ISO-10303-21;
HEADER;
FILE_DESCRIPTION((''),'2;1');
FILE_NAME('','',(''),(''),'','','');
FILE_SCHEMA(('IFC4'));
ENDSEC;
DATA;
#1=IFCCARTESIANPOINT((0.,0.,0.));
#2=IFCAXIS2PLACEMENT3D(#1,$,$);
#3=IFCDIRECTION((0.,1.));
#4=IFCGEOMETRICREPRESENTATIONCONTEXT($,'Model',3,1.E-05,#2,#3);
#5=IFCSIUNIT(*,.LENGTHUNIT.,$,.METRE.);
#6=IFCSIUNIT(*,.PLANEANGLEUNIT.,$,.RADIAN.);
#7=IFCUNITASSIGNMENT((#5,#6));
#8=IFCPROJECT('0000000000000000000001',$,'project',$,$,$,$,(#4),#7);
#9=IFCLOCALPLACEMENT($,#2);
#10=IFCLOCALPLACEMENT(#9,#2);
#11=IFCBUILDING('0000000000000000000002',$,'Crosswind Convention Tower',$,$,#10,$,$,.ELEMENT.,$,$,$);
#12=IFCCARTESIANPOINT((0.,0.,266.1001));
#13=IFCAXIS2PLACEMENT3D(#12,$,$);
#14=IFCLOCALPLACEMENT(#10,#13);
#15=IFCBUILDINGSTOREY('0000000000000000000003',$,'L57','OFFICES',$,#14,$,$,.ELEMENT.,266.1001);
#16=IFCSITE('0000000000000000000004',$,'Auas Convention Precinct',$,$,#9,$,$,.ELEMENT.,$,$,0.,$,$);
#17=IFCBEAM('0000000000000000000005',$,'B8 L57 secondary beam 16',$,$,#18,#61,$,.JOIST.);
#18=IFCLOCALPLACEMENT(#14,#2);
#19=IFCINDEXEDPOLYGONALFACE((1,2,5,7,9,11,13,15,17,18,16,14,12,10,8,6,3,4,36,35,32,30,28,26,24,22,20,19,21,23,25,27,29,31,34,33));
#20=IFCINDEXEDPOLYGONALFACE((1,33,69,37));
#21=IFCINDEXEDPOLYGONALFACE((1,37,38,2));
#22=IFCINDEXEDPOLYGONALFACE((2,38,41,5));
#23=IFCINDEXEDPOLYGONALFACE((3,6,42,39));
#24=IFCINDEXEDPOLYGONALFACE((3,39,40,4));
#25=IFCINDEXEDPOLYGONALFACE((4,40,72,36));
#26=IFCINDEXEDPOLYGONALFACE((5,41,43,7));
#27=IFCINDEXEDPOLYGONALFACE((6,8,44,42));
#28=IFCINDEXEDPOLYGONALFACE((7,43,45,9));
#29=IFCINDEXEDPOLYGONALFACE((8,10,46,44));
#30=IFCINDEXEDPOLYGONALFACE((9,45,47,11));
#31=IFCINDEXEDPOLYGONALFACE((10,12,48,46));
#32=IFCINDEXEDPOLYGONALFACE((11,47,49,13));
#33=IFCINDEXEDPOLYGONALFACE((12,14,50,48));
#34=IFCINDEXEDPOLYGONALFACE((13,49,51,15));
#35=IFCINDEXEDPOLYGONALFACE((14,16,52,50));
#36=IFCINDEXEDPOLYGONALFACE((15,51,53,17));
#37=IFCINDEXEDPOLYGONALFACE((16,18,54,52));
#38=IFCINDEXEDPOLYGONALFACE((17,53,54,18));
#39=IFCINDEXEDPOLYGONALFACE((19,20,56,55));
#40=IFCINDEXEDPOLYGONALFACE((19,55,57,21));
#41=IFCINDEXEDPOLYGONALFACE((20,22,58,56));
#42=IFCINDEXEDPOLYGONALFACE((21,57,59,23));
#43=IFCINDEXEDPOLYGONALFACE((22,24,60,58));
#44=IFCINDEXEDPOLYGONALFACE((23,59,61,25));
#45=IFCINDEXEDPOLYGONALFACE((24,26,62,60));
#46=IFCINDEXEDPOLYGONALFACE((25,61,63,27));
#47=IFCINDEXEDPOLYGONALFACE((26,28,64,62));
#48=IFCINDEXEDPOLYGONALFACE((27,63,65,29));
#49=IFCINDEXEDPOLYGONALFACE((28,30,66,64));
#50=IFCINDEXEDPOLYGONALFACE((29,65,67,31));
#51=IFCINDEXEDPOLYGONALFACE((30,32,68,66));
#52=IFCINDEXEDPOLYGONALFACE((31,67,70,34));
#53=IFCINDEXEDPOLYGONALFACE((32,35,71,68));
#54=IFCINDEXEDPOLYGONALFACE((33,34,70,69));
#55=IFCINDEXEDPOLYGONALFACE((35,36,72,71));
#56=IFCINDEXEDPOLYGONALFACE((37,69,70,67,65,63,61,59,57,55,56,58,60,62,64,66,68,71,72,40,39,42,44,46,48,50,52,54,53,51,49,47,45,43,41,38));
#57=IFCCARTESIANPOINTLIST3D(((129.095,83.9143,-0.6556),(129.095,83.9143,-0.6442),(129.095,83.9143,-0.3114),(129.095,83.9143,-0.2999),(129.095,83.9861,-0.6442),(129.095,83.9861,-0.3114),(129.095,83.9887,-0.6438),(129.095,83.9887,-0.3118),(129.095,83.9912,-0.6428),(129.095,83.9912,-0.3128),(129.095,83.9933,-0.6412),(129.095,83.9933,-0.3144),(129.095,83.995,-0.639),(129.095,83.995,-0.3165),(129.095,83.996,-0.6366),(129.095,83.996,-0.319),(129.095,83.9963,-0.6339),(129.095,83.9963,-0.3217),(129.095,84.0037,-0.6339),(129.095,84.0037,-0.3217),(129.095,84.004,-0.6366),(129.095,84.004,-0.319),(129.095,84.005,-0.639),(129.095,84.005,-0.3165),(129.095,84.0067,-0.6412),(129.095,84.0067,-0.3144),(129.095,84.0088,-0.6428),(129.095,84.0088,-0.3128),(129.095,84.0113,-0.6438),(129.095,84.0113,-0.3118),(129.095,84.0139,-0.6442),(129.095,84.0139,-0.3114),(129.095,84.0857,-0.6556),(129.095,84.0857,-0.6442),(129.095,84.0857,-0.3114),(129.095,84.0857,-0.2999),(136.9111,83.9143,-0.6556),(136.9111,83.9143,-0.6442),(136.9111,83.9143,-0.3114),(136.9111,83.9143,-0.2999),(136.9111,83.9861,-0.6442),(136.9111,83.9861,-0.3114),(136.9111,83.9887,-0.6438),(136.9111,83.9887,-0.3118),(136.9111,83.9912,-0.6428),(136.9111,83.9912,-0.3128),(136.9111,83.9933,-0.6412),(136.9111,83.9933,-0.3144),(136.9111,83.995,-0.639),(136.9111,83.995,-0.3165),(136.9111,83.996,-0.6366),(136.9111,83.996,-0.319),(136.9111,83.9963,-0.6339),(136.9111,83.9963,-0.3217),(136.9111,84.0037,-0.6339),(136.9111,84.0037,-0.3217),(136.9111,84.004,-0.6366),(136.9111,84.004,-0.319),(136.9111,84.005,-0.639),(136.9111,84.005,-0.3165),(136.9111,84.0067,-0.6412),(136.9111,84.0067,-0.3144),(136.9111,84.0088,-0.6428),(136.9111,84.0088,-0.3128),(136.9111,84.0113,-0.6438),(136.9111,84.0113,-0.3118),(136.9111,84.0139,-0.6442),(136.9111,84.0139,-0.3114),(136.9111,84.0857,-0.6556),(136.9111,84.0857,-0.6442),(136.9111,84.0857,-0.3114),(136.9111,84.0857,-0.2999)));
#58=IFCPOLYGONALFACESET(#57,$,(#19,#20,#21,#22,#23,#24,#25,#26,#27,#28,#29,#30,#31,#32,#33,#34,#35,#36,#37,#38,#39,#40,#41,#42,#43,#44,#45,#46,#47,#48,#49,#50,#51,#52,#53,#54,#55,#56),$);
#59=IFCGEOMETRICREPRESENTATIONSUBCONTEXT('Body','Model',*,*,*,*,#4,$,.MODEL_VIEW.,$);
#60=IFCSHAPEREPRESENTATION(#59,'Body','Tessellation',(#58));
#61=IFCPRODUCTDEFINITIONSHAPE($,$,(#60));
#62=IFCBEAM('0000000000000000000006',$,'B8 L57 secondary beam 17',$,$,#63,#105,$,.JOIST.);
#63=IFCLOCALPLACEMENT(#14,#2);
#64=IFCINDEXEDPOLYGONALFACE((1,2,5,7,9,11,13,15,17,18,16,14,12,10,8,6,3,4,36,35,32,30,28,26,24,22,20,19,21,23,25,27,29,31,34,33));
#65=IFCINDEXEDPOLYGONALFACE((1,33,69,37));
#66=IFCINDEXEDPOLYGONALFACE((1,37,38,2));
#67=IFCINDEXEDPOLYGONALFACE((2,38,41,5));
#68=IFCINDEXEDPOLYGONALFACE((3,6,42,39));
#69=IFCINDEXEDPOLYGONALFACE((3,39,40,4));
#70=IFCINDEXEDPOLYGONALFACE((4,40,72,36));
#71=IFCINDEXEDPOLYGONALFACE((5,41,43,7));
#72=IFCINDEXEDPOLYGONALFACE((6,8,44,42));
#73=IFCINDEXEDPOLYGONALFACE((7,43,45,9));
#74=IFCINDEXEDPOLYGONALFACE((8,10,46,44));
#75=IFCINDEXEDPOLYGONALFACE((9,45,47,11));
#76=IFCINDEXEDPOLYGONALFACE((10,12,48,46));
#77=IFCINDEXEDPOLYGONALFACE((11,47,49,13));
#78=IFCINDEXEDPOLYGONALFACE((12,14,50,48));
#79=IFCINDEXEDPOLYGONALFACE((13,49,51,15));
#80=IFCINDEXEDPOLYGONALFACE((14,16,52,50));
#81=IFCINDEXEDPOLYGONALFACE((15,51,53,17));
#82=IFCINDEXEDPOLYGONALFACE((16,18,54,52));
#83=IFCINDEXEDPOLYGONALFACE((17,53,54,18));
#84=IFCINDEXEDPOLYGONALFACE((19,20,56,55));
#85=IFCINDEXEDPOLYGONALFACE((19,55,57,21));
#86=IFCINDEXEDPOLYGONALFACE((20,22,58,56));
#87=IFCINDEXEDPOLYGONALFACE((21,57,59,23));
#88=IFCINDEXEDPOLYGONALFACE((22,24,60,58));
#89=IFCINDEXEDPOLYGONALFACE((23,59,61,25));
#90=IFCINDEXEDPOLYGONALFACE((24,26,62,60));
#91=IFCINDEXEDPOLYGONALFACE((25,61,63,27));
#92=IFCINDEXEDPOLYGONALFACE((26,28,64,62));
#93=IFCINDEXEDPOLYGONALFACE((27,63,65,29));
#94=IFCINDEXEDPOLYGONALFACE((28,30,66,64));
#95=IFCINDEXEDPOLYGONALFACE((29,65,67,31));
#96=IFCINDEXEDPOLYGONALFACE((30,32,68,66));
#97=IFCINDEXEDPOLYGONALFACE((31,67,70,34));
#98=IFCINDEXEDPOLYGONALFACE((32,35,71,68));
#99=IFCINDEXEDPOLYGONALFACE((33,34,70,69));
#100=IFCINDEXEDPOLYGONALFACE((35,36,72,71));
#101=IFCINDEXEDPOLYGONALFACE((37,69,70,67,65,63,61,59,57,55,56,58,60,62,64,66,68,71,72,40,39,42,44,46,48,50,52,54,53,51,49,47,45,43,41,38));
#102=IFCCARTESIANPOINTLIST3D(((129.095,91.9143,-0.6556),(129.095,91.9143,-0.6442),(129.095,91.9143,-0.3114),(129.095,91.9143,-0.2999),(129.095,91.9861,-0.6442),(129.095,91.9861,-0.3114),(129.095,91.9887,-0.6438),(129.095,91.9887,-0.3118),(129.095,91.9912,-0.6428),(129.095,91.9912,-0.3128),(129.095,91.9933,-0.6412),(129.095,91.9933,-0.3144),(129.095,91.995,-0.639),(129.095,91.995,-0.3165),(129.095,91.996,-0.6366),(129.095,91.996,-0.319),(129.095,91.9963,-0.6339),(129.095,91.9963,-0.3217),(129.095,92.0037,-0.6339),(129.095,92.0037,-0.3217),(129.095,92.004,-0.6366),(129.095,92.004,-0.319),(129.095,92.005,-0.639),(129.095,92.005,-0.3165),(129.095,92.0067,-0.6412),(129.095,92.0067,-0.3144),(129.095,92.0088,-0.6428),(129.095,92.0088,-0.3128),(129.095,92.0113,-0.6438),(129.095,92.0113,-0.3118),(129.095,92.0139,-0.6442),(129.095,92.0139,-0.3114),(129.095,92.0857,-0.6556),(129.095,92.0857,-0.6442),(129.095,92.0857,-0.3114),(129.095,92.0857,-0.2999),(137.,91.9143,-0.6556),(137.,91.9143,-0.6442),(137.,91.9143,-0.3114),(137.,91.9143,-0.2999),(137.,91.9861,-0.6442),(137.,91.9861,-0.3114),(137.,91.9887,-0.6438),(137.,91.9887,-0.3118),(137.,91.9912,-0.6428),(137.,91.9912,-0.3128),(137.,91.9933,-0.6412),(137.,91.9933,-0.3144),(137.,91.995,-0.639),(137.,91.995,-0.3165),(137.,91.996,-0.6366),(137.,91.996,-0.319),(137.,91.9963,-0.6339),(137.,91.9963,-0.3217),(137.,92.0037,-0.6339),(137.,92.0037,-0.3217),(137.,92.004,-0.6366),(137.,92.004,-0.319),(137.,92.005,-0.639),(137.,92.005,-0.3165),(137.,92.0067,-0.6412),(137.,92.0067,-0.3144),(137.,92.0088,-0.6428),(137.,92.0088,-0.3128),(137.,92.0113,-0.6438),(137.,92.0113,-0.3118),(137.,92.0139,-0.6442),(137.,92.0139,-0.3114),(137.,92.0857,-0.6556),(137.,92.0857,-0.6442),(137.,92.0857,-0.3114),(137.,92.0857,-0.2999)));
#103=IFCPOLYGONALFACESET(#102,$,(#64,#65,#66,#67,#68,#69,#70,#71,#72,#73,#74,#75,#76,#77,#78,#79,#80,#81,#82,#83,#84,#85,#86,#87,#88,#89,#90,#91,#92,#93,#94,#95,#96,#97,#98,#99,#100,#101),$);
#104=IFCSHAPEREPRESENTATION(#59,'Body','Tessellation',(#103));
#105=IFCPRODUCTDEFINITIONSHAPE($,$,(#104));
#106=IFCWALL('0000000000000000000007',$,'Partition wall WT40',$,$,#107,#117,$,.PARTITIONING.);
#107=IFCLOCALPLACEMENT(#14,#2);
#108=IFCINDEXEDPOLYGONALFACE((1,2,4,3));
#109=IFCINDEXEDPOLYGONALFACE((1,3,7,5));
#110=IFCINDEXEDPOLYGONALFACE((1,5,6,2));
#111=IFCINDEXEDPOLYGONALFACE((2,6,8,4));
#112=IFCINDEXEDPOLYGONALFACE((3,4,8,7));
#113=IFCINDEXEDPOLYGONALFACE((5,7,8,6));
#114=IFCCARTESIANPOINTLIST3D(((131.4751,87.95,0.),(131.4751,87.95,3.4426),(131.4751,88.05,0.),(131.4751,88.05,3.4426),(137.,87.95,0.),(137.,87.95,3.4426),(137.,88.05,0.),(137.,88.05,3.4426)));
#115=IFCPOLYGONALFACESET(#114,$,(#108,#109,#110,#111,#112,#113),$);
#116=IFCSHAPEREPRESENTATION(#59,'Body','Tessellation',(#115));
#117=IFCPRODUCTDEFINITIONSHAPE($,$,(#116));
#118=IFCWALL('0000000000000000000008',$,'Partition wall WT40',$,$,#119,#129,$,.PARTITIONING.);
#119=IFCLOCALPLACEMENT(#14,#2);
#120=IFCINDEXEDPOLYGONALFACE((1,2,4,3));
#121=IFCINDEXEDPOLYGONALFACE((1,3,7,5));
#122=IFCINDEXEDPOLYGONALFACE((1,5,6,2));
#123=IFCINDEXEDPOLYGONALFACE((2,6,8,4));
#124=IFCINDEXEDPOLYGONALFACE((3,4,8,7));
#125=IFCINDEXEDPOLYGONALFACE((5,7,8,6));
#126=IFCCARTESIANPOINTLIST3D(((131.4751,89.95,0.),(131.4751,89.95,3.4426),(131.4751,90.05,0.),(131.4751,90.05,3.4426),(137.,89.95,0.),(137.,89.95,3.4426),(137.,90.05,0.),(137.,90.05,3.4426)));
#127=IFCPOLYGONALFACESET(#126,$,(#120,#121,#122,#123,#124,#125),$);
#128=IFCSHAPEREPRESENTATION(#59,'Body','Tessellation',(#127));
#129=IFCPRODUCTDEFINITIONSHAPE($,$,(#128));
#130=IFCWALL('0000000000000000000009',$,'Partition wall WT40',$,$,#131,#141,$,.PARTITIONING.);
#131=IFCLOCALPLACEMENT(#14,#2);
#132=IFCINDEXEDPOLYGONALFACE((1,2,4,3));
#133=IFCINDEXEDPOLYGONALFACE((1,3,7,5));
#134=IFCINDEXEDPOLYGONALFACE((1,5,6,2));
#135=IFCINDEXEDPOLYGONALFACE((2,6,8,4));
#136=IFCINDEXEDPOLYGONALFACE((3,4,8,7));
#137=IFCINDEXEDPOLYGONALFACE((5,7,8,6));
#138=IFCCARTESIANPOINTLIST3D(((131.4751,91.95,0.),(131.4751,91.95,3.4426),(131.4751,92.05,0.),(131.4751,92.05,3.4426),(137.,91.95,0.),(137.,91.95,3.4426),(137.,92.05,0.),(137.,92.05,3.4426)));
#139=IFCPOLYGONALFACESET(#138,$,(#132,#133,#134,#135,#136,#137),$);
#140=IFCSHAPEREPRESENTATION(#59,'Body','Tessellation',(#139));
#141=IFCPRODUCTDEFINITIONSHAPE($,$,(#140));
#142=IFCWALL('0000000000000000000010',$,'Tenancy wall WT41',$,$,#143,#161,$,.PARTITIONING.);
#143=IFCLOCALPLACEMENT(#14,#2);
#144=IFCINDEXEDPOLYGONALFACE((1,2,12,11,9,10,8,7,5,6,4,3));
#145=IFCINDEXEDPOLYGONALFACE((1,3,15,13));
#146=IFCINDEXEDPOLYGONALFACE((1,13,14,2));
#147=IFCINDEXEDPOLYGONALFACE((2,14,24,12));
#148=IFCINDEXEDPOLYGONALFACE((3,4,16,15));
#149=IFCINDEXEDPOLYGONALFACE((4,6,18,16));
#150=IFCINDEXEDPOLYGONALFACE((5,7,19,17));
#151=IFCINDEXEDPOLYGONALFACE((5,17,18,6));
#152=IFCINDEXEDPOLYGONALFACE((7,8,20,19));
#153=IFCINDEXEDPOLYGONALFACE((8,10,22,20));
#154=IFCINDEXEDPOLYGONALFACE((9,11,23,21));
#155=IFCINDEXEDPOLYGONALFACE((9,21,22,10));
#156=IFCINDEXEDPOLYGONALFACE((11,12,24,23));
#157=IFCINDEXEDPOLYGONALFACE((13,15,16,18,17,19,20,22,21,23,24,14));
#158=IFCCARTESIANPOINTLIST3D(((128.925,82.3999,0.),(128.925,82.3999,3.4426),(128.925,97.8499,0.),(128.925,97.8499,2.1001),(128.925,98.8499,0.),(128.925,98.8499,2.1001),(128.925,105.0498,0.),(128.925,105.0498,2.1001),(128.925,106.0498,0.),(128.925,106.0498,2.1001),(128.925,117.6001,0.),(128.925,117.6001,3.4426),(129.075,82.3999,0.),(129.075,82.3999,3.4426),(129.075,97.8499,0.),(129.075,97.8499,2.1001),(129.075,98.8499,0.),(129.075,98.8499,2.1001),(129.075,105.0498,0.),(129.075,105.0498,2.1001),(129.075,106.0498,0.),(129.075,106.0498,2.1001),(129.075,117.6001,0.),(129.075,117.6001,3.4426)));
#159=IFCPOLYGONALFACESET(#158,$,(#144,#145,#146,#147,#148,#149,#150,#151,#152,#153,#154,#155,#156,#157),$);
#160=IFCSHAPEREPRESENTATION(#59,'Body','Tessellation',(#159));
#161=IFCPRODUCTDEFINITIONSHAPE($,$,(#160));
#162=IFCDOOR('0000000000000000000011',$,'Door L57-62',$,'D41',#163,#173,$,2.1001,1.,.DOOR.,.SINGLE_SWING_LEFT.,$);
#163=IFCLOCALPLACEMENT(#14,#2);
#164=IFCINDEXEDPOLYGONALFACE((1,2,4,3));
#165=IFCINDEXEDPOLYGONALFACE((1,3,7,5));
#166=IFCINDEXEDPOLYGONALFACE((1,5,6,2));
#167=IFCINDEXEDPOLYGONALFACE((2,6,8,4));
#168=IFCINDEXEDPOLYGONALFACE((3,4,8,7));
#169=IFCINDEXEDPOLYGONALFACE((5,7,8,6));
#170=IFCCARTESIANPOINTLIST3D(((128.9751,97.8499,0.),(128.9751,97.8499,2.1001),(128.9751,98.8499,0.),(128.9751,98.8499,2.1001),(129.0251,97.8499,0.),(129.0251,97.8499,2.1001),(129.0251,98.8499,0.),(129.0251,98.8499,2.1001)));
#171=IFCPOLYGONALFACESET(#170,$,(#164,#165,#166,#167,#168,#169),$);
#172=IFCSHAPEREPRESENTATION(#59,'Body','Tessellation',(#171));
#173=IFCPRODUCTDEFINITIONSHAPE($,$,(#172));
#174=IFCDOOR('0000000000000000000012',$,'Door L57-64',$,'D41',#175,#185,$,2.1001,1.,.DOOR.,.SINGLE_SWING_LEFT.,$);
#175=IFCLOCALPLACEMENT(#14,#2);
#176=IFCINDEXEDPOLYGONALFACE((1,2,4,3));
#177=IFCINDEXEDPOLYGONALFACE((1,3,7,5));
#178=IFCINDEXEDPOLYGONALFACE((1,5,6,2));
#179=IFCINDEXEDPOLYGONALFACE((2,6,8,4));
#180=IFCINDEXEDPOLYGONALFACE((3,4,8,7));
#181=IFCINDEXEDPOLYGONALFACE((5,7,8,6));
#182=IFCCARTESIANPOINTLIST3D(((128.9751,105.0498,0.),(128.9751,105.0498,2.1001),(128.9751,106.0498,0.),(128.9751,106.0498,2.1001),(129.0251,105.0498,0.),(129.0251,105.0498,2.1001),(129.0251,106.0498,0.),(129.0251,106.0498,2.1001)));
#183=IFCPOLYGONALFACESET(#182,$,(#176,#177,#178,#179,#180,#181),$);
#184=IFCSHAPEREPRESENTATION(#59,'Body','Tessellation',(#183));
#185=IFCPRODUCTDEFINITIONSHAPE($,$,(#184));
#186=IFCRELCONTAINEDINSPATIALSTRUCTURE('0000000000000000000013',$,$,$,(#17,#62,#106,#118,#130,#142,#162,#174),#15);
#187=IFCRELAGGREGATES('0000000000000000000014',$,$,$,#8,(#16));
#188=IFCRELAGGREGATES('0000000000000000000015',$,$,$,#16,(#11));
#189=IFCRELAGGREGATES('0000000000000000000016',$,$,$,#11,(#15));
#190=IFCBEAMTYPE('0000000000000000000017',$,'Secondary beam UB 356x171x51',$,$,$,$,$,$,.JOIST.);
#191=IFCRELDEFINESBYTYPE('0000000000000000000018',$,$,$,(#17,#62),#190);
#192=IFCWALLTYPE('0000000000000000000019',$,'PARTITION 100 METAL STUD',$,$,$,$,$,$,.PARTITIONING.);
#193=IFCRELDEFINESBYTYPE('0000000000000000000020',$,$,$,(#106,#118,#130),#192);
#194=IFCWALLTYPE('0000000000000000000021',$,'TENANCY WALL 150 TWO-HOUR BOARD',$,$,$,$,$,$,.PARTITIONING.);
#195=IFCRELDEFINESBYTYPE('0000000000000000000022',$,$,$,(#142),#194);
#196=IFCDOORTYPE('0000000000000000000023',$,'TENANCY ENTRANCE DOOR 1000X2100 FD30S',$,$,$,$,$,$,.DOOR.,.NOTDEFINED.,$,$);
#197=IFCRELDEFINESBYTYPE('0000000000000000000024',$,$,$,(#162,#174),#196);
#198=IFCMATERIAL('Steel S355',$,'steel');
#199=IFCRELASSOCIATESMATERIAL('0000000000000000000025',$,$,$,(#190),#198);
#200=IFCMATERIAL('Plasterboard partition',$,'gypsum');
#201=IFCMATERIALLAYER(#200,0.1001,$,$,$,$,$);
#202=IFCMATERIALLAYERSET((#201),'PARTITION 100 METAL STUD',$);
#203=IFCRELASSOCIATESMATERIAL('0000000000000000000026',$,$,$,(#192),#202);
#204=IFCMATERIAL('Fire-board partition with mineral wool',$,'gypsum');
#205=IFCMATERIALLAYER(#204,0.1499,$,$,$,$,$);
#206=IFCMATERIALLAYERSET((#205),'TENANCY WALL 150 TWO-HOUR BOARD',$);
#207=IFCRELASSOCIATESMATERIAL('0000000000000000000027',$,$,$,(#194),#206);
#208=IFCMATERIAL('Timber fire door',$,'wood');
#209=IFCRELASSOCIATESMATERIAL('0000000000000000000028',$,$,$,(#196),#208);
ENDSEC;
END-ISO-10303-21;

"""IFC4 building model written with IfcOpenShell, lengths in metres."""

from ifc_helpers import new_model, si_unit, direction, frame, frame_2d, origin, origin_2d, place, context, subcontext, project, spatial, rectangle, i_section, extrude, material, layer, layer_set, material_profile, profile_set, type_object, element, fill, save


model = new_model("IFC4")

# Units and contexts
model_context = context("Model", 3, precision=1e-05, world=origin(), true_north=direction((0.0, 1.0)))
body_context = subcontext(model_context, "Body", "Model", "MODEL_VIEW")
ifc_project = project(units=[si_unit("LENGTHUNIT", "METRE"), si_unit("PLANEANGLEUNIT", "RADIAN")], contexts=[model_context])

# Site, building, storey
site_placement = place(None, origin())
site = spatial("IfcSite", under=ifc_project, at=site_placement, Name="Auas Convention Precinct", CompositionType="ELEMENT", RefElevation=0.0)
building_placement = place(site_placement, origin())
building = spatial("IfcBuilding", under=site, at=building_placement, Name="Crosswind Convention Tower", CompositionType="ELEMENT")
storey_placement = place(building_placement, frame((0.0, 0.0, 266.1001)))
storey = spatial("IfcBuildingStorey", under=building, at=storey_placement, Name="L57", Description="OFFICES", CompositionType="ELEMENT", Elevation=266.1001)

# Beams
ifc_material_1 = material(Name="Steel S355", Category="steel")
ifc_material_profile_1 = material_profile(ifc_material_1, i_section(OverallWidth=0.1714, OverallDepth=0.3557, WebThickness=0.0073, FlangeThickness=0.0115, FilletRadius=0.0103, at=origin_2d()), Name="UB 356x171x51")
ifc_profile_set_1 = profile_set([ifc_material_profile_1], Name="Steel S355")
beam_type_1 = type_object("IfcBeamType", Name="Secondary beam UB 356x171x51", PredefinedType="JOIST", material=ifc_profile_set_1)
beam_1_placement = place(storey_placement, frame((129.095, 84.0, -0.4778), z_axis=(1.0, 0.0, 0.0), x_axis=(0.0, 1.0, 0.0)))
element("IfcBeam", 1, at=beam_1_placement, inside=storey, type_object=beam_type_1, Name="B8 L57 secondary beam 16", PredefinedType="JOIST", context=body_context, shape_type="SweptSolid", body=[
    extrude(i_section(OverallWidth=0.1714, OverallDepth=0.3557, WebThickness=0.0073, FlangeThickness=0.0115, FilletRadius=0.0103, at=origin_2d()), origin(), (0.0, 0.0, 1.0), 7.8162),
])
beam_2_placement = place(storey_placement, frame((129.095, 92.0, -0.4778), z_axis=(1.0, 0.0, 0.0), x_axis=(0.0, 1.0, 0.0)))
element("IfcBeam", 2, at=beam_2_placement, inside=storey, type_object=beam_type_1, Name="B8 L57 secondary beam 17", PredefinedType="JOIST", context=body_context, shape_type="SweptSolid", body=[
    extrude(i_section(OverallWidth=0.1714, OverallDepth=0.3557, WebThickness=0.0073, FlangeThickness=0.0115, FilletRadius=0.0103, at=origin_2d()), origin(), (0.0, 0.0, 1.0), 7.905),
])

# Walls
ifc_material_2 = material(Name="Plasterboard partition", Category="gypsum")
ifc_layer_1 = layer(ifc_material_2, 0.1001)
ifc_layer_set_1 = layer_set([ifc_layer_1], Name="PARTITION 100 METAL STUD")
wall_type_1 = type_object("IfcWallType", Name="PARTITION 100 METAL STUD", PredefinedType="PARTITIONING", material=ifc_layer_set_1)
for number, where, z_axis, x_axis, name in (
    (3, (131.4751, 88.0, 0.0), (0.0, 0.0, 1.0), (1.0, 0.0, 0.0), "Partition wall WT40"),
    (4, (131.4751, 90.0, 0.0), (0.0, 0.0, 1.0), (1.0, 0.0, 0.0), "Partition wall WT40"),
    (5, (131.4751, 92.0, 0.0), (0.0, 0.0, 1.0), (1.0, 0.0, 0.0), "Partition wall WT40"),
):
    element("IfcWall", number, at=place(storey_placement, frame(where, z_axis=z_axis, x_axis=x_axis)), inside=storey, type_object=wall_type_1, Name=name, PredefinedType="PARTITIONING", context=body_context, shape_type="SweptSolid", body=[
        extrude(rectangle(XDim=5.5249, YDim=0.1001, at=frame_2d((2.7625, 0.0))), origin(), (0.0, 0.0, 1.0), 3.4426),
    ])

# Wall, openings, doors
ifc_material_3 = material(Name="Fire-board partition with mineral wool", Category="gypsum")
ifc_layer_2 = layer(ifc_material_3, 0.1499)
ifc_layer_set_2 = layer_set([ifc_layer_2], Name="TENANCY WALL 150 TWO-HOUR BOARD")
wall_type_2 = type_object("IfcWallType", Name="TENANCY WALL 150 TWO-HOUR BOARD", PredefinedType="PARTITIONING", material=ifc_layer_set_2)
wall_1_placement = place(storey_placement, frame((129.0, 82.3999, 0.0), z_axis=(0.0, 0.0, 1.0), x_axis=(0.0, 1.0, 0.0)))
wall_1 = element("IfcWall", 6, at=wall_1_placement, inside=storey, type_object=wall_type_2, Name="Tenancy wall WT41", PredefinedType="PARTITIONING", context=body_context, shape_type="SweptSolid", body=[
    extrude(rectangle(XDim=35.2002, YDim=0.1499, at=frame_2d((17.6001, 0.0))), origin(), (0.0, 0.0, 1.0), 3.4426),
])
opening_1_placement = place(wall_1_placement, frame((15.45, 0.0, 0.0)))
opening_1 = element("IfcOpeningElement", 7, at=opening_1_placement, cuts=wall_1, PredefinedType="OPENING", context=body_context, shape_type="SweptSolid", body=[
    extrude(rectangle(XDim=1.0, YDim=2.1001, at=frame_2d((0.5, 1.05))), frame((0.0, 0.085, 0.0), z_axis=(0.0, -1.0, 0.0), x_axis=(1.0, 0.0, 0.0)), (0.0, 0.0, 1.0), 0.1699),
])
opening_2_placement = place(wall_1_placement, frame((22.6499, 0.0, 0.0)))
opening_2 = element("IfcOpeningElement", 8, at=opening_2_placement, cuts=wall_1, PredefinedType="OPENING", context=body_context, shape_type="SweptSolid", body=[
    extrude(rectangle(XDim=1.0, YDim=2.1001, at=frame_2d((0.5, 1.05))), frame((0.0, 0.085, 0.0), z_axis=(0.0, -1.0, 0.0), x_axis=(1.0, 0.0, 0.0)), (0.0, 0.0, 1.0), 0.1699),
])
ifc_material_4 = material(Name="Timber fire door", Category="wood")
door_type = type_object("IfcDoorType", Name="TENANCY ENTRANCE DOOR 1000X2100 FD30S", OperationType="NOTDEFINED", PredefinedType="DOOR", material=ifc_material_4)
door_1_placement = place(opening_1_placement, origin())
door_1 = element("IfcDoor", 9, at=door_1_placement, inside=storey, type_object=door_type, Name="Door L57-62", ObjectType="D41", OperationType="SINGLE_SWING_LEFT", OverallHeight=2.1001, OverallWidth=1.0, PredefinedType="DOOR", context=body_context, shape_type="SweptSolid", body=[
    extrude(rectangle(XDim=1.0, YDim=2.1001, at=frame_2d((0.5, 1.05))), frame((0.0, 0.0249, 0.0), z_axis=(0.0, -1.0, 0.0), x_axis=(1.0, 0.0, 0.0)), (0.0, 0.0, 1.0), 0.05),
])
fill(opening_1, door_1)
door_2_placement = place(opening_2_placement, origin())
door_2 = element("IfcDoor", 10, at=door_2_placement, inside=storey, type_object=door_type, Name="Door L57-64", ObjectType="D41", OperationType="SINGLE_SWING_LEFT", OverallHeight=2.1001, OverallWidth=1.0, PredefinedType="DOOR", context=body_context, shape_type="SweptSolid", body=[
    extrude(rectangle(XDim=1.0, YDim=2.1001, at=frame_2d((0.5, 1.05))), frame((0.0, 0.0249, 0.0), z_axis=(0.0, -1.0, 0.0), x_axis=(1.0, 0.0, 0.0)), (0.0, 0.0, 1.0), 0.05),
])
fill(opening_2, door_2)

save(model, "model.ifc")
